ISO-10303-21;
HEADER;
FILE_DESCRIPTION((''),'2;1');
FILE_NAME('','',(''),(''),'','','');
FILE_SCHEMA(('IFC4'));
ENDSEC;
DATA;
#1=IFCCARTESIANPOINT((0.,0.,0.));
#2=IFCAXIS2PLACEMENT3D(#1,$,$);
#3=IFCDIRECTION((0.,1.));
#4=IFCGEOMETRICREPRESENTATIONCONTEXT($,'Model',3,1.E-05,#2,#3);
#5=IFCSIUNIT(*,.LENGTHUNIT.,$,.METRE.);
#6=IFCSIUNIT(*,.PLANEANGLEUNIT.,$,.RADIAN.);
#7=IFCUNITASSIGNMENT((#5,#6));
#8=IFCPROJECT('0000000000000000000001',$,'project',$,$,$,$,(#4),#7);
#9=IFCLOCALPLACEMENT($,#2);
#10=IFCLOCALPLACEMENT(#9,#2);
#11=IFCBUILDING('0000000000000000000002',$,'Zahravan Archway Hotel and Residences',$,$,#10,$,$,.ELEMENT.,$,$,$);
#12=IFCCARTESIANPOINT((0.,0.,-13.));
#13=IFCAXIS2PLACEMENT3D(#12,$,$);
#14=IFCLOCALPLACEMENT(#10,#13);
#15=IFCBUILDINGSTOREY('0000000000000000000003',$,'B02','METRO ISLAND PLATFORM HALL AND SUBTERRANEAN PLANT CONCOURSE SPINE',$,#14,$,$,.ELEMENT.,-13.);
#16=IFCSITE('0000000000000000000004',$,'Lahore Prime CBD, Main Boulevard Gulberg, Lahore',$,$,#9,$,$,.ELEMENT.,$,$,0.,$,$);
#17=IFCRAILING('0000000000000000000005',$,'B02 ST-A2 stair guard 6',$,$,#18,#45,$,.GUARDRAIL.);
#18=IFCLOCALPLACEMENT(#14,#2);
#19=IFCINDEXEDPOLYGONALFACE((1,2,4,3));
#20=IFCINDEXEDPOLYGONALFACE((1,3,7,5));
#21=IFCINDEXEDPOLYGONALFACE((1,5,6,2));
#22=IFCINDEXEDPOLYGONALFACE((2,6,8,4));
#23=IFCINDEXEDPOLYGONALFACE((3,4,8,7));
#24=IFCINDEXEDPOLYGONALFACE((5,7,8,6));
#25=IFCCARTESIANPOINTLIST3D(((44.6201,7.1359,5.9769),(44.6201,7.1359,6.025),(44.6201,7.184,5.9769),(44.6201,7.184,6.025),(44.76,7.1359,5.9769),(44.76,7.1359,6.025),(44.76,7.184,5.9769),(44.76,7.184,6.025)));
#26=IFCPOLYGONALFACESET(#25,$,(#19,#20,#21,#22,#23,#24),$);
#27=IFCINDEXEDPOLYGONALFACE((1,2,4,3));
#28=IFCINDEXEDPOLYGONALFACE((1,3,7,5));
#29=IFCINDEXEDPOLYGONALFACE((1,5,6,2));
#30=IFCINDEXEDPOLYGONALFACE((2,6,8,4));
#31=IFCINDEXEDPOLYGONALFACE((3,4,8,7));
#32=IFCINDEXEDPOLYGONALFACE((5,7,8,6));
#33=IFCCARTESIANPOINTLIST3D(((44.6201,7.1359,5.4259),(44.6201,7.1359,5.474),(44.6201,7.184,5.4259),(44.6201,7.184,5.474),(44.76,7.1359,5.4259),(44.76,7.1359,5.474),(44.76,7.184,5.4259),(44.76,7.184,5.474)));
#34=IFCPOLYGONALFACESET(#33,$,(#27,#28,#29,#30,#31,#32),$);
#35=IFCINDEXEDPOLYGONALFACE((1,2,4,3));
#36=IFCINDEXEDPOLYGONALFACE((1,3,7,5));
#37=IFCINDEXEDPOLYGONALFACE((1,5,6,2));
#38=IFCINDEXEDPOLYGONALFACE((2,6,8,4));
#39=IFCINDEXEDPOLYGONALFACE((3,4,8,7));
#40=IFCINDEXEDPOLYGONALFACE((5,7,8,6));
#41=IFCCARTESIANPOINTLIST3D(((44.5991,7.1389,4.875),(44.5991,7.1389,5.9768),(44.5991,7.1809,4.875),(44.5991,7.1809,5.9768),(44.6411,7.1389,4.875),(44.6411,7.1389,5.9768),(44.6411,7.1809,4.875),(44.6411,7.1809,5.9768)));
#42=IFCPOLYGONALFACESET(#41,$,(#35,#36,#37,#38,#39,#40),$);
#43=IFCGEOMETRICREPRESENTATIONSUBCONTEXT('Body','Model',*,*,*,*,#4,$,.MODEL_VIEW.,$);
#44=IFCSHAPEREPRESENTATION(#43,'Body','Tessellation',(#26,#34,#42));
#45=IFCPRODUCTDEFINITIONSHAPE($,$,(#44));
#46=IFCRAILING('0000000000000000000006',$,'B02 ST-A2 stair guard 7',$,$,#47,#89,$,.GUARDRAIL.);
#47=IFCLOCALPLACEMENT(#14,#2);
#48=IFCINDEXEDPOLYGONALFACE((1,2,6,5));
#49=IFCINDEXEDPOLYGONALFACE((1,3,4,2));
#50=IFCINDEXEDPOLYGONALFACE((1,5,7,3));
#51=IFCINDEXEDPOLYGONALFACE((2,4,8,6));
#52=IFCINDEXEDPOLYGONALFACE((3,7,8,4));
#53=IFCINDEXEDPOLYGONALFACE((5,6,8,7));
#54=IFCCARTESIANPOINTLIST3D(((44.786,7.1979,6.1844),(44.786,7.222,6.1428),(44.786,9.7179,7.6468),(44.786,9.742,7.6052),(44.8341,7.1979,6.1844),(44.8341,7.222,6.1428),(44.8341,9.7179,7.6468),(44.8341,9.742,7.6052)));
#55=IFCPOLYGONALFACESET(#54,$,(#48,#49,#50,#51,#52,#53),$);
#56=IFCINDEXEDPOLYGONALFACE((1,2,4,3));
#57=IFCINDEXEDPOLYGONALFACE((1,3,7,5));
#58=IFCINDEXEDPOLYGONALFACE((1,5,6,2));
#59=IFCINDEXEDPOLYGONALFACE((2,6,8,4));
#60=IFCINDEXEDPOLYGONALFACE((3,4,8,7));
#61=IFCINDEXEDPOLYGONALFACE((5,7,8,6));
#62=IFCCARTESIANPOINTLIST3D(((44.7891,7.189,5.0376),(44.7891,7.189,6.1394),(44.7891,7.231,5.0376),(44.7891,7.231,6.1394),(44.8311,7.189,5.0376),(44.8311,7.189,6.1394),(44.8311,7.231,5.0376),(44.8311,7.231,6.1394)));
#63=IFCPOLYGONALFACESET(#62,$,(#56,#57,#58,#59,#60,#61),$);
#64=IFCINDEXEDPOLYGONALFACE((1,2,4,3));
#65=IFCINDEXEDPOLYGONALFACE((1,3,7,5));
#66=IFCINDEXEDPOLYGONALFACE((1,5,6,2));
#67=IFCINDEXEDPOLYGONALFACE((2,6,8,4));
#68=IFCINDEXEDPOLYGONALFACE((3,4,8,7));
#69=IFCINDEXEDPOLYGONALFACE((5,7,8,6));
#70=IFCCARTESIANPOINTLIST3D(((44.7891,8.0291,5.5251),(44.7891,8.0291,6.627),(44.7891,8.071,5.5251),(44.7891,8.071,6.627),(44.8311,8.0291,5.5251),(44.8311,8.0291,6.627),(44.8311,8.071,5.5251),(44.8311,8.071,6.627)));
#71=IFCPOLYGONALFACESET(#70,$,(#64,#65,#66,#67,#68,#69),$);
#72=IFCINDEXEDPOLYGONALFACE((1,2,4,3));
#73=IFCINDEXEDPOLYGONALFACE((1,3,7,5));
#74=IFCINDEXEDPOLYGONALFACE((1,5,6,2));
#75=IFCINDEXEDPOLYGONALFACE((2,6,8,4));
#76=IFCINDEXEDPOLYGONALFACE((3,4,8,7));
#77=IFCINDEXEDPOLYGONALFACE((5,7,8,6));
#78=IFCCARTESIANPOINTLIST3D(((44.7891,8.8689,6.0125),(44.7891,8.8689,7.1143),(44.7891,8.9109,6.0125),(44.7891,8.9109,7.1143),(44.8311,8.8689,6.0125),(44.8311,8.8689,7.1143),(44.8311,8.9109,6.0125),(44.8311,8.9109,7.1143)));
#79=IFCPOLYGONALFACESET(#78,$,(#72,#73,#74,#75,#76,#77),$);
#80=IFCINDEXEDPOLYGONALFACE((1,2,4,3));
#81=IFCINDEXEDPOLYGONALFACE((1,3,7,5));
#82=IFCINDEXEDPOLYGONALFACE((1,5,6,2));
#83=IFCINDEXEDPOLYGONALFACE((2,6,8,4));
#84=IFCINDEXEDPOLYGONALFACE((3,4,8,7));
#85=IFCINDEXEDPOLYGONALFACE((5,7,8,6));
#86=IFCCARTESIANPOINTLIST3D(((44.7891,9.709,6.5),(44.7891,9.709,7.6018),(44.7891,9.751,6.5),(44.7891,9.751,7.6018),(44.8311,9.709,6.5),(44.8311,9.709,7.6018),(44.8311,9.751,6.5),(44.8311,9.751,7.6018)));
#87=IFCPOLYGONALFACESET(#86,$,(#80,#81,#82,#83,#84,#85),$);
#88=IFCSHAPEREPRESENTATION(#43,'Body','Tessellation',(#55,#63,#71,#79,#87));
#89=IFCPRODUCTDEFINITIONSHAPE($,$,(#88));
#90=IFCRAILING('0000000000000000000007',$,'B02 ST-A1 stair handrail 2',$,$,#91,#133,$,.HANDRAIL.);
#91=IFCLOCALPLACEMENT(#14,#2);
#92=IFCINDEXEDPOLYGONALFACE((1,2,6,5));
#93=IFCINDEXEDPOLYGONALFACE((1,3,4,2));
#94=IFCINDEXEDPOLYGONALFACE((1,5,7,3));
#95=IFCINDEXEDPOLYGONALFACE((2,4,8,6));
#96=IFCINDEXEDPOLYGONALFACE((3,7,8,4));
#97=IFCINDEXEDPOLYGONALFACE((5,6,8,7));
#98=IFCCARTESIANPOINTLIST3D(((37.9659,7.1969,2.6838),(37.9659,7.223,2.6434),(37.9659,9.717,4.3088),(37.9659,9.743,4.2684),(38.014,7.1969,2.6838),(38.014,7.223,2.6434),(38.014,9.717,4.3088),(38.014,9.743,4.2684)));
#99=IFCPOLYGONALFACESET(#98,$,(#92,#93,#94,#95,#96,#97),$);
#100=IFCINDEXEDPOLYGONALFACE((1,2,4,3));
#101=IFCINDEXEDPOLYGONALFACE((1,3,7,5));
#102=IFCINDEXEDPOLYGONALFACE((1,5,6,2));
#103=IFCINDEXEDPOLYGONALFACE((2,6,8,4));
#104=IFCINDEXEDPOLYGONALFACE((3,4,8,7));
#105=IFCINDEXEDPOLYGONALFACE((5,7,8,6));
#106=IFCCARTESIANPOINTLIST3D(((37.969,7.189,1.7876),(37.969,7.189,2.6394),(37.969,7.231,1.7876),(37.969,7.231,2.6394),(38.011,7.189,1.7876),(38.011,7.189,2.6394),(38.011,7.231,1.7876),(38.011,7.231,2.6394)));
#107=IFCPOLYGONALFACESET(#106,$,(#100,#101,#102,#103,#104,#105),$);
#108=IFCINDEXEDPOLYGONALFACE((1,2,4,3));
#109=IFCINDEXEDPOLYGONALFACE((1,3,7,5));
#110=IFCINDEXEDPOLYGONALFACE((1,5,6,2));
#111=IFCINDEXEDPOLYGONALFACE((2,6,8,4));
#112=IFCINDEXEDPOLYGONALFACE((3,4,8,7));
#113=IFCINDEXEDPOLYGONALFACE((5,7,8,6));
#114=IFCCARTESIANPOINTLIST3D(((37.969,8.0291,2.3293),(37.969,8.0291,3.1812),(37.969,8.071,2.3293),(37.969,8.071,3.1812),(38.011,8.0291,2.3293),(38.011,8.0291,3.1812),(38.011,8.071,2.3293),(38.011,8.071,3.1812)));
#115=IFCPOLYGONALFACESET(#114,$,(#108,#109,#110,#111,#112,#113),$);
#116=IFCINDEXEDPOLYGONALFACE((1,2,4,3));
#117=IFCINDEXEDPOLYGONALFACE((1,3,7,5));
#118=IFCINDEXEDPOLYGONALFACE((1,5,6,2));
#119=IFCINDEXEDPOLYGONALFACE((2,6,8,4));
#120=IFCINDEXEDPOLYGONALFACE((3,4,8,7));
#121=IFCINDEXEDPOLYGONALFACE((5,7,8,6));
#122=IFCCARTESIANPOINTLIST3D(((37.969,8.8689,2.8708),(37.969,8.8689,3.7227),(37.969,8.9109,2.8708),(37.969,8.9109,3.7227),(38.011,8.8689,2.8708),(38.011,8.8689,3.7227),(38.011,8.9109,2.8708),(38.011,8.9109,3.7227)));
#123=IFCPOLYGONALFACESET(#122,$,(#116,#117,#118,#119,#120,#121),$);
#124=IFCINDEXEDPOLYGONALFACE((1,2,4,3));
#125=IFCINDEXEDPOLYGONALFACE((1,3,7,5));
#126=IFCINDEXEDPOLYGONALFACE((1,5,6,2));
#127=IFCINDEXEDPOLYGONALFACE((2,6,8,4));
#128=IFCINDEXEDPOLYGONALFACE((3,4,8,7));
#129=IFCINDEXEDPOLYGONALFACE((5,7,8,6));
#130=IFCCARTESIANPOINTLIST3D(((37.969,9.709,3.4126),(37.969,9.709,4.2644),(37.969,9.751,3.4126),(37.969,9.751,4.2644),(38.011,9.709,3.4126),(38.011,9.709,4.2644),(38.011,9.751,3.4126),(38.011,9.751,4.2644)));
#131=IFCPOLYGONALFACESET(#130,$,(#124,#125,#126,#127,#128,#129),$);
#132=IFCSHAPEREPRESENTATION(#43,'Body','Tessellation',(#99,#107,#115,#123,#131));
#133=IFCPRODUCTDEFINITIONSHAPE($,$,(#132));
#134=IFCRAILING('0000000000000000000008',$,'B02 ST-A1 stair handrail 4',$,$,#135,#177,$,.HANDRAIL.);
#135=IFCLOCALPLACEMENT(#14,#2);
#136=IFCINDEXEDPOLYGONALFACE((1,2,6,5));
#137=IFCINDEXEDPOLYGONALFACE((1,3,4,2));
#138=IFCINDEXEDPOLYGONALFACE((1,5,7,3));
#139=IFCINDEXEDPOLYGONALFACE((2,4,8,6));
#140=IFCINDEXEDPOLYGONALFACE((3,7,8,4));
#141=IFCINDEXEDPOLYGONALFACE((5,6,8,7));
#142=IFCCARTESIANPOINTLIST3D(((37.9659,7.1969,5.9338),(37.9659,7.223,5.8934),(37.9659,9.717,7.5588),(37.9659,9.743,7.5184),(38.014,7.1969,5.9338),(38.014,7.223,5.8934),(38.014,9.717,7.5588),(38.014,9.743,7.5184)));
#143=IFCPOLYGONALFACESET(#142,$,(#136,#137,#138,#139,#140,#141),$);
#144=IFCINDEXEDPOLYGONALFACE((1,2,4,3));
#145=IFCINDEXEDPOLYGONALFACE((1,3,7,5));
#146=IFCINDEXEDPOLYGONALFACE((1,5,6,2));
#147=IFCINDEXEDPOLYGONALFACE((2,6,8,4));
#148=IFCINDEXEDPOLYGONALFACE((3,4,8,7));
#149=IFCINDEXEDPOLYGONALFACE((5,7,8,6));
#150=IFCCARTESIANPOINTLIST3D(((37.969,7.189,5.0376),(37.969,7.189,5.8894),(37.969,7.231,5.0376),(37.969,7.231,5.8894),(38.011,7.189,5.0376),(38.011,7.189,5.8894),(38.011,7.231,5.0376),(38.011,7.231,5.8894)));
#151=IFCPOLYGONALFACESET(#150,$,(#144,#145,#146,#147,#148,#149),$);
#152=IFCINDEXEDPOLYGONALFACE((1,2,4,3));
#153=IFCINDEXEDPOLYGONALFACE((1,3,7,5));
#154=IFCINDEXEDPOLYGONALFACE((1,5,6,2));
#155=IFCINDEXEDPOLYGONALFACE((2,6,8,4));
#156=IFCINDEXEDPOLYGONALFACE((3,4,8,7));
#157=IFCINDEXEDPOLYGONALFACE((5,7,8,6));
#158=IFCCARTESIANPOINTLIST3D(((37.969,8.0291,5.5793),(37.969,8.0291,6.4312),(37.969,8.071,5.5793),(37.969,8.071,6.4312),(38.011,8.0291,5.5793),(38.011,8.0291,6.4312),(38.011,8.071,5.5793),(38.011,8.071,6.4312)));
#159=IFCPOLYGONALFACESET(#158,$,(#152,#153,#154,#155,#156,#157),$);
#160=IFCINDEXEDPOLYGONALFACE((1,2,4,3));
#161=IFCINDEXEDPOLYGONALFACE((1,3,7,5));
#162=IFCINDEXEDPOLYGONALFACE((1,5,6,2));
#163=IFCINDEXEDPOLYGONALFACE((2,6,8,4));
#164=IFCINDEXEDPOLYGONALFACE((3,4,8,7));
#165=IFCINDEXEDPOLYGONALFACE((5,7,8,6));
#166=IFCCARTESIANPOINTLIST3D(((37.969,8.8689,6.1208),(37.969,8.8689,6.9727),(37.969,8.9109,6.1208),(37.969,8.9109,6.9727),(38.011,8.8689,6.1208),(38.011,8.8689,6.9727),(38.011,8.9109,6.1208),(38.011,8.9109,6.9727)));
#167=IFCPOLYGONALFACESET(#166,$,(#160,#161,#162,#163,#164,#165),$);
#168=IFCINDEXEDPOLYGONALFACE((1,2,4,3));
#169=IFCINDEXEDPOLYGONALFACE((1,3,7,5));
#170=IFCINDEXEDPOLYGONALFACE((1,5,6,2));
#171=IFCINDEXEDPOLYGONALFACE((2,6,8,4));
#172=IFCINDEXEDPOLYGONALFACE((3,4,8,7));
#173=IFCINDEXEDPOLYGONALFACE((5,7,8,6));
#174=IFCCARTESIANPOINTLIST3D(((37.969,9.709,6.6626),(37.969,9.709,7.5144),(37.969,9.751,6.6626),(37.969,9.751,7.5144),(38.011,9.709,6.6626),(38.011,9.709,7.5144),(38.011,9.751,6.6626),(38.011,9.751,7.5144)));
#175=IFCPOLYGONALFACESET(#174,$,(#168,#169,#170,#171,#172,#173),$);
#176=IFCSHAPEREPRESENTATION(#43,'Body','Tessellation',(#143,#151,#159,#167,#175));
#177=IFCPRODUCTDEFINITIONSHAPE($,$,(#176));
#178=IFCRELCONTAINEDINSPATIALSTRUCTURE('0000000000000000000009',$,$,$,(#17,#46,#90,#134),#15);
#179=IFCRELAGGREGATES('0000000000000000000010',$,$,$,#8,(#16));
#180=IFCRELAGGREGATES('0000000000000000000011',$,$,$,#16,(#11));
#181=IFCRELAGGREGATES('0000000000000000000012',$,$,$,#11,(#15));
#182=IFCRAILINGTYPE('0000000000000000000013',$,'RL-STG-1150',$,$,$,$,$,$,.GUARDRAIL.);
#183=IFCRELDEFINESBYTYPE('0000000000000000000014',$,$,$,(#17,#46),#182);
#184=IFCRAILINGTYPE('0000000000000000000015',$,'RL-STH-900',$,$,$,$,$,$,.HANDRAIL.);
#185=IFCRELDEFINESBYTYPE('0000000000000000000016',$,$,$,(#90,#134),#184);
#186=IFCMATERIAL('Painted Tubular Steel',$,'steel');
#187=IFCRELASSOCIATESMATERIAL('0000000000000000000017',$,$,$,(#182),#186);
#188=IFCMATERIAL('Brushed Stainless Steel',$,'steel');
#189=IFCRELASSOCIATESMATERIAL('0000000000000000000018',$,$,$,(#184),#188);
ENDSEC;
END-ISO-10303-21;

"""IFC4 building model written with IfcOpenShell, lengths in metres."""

from ifc_helpers import new_model, si_unit, direction, frame, origin, origin_2d, place, context, subcontext, project, spatial, rectangle, extrude, material, type_object, element, save


model = new_model("IFC4")

# Units and contexts
model_context = context("Model", 3, precision=1e-05, world=origin(), true_north=direction((0.0, 1.0)))
body_context = subcontext(model_context, "Body", "Model", "MODEL_VIEW")
ifc_project = project(units=[si_unit("LENGTHUNIT", "METRE"), si_unit("PLANEANGLEUNIT", "RADIAN")], contexts=[model_context])

# Site, building, storey
site_placement = place(None, origin())
site = spatial("IfcSite", under=ifc_project, at=site_placement, Name="Lahore Prime CBD, Main Boulevard Gulberg, Lahore", CompositionType="ELEMENT", RefElevation=0.0)
building_placement = place(site_placement, origin())
building = spatial("IfcBuilding", under=site, at=building_placement, Name="Zahravan Archway Hotel and Residences", CompositionType="ELEMENT")
storey_placement = place(building_placement, frame((0.0, 0.0, -13.0)))
storey = spatial("IfcBuildingStorey", under=building, at=storey_placement, Name="B02", Description="METRO ISLAND PLATFORM HALL AND SUBTERRANEAN PLANT CONCOURSE SPINE", CompositionType="ELEMENT", Elevation=-13.0)

# Railings
ifc_material_1 = material(Name="Painted Tubular Steel", Category="steel")
railing_type_1 = type_object("IfcRailingType", Name="RL-STG-1150", PredefinedType="GUARDRAIL", material=ifc_material_1)
railing_1_placement = place(storey_placement, frame((44.6201, 7.1599, 4.875)))
element("IfcRailing", 1, at=railing_1_placement, inside=storey, type_object=railing_type_1, Name="B02 ST-A2 stair guard 6", PredefinedType="GUARDRAIL", context=body_context, shape_type="SweptSolid", body=[
    extrude(rectangle(XDim=0.0481, YDim=0.0481, at=origin_2d()), frame((0.0, 0.0, 1.126), z_axis=(1.0, 0.0, 0.0), x_axis=(0.0, 1.0, 0.0)), (0.0, 0.0, 1.0), 0.1399),
    extrude(rectangle(XDim=0.0481, YDim=0.0481, at=origin_2d()), frame((0.0, 0.0, 0.575), z_axis=(1.0, 0.0, 0.0), x_axis=(0.0, 1.0, 0.0)), (0.0, 0.0, 1.0), 0.1399),
    extrude(rectangle(XDim=0.042, YDim=0.042, at=origin_2d()), origin(), (0.0, 0.0, 1.0), 1.1018),
])
railing_2_placement = place(storey_placement, frame((44.8101, 7.21, 5.0376)))
element("IfcRailing", 2, at=railing_2_placement, inside=storey, type_object=railing_type_1, Name="B02 ST-A2 stair guard 7", PredefinedType="GUARDRAIL", context=body_context, shape_type="SweptSolid", body=[
    extrude(rectangle(XDim=0.0481, YDim=0.0481, at=origin_2d()), frame((0.0, 0.0, 1.126), z_axis=(0.0, 0.864913, 0.501921), x_axis=(-1.0, 0.0, 0.0)), (0.0, 0.0, 1.0), 2.9136),
    extrude(rectangle(XDim=0.042, YDim=0.042, at=origin_2d()), origin(), (0.0, 0.0, 1.0), 1.1018),
    extrude(rectangle(XDim=0.042, YDim=0.042, at=origin_2d()), frame((0.0, 0.8401, 0.4875)), (0.0, 0.0, 1.0), 1.1018),
    extrude(rectangle(XDim=0.042, YDim=0.042, at=origin_2d()), frame((0.0, 1.6799, 0.9749)), (0.0, 0.0, 1.0), 1.1018),
    extrude(rectangle(XDim=0.042, YDim=0.042, at=origin_2d()), frame((0.0, 2.52, 1.4624)), (0.0, 0.0, 1.0), 1.1018),
])
ifc_material_2 = material(Name="Brushed Stainless Steel", Category="steel")
railing_type_2 = type_object("IfcRailingType", Name="RL-STH-900", PredefinedType="HANDRAIL", material=ifc_material_2)
for number, where, name in (
    (3, (37.99, 7.21, 1.7876), "B02 ST-A1 stair handrail 2"),
    (4, (37.99, 7.21, 5.0376), "B02 ST-A1 stair handrail 4"),
):
    element("IfcRailing", number, at=place(storey_placement, frame(where)), inside=storey, type_object=railing_type_2, Name=name, PredefinedType="HANDRAIL", context=body_context, shape_type="SweptSolid", body=[
        extrude(rectangle(XDim=0.0481, YDim=0.0481, at=origin_2d()), frame((0.0, 0.0, 0.876), z_axis=(0.0, 0.840421, 0.541934), x_axis=(-1.0, 0.0, 0.0)), (0.0, 0.0, 1.0), 2.9985),
        extrude(rectangle(XDim=0.042, YDim=0.042, at=origin_2d()), origin(), (0.0, 0.0, 1.0), 0.8518),
        extrude(rectangle(XDim=0.042, YDim=0.042, at=origin_2d()), frame((0.0, 0.8401, 0.5417)), (0.0, 0.0, 1.0), 0.8518),
        extrude(rectangle(XDim=0.042, YDim=0.042, at=origin_2d()), frame((0.0, 1.6799, 1.0833)), (0.0, 0.0, 1.0), 0.8518),
        extrude(rectangle(XDim=0.042, YDim=0.042, at=origin_2d()), frame((0.0, 2.52, 1.625)), (0.0, 0.0, 1.0), 0.8518),
    ])

save(model, "model.ifc")
